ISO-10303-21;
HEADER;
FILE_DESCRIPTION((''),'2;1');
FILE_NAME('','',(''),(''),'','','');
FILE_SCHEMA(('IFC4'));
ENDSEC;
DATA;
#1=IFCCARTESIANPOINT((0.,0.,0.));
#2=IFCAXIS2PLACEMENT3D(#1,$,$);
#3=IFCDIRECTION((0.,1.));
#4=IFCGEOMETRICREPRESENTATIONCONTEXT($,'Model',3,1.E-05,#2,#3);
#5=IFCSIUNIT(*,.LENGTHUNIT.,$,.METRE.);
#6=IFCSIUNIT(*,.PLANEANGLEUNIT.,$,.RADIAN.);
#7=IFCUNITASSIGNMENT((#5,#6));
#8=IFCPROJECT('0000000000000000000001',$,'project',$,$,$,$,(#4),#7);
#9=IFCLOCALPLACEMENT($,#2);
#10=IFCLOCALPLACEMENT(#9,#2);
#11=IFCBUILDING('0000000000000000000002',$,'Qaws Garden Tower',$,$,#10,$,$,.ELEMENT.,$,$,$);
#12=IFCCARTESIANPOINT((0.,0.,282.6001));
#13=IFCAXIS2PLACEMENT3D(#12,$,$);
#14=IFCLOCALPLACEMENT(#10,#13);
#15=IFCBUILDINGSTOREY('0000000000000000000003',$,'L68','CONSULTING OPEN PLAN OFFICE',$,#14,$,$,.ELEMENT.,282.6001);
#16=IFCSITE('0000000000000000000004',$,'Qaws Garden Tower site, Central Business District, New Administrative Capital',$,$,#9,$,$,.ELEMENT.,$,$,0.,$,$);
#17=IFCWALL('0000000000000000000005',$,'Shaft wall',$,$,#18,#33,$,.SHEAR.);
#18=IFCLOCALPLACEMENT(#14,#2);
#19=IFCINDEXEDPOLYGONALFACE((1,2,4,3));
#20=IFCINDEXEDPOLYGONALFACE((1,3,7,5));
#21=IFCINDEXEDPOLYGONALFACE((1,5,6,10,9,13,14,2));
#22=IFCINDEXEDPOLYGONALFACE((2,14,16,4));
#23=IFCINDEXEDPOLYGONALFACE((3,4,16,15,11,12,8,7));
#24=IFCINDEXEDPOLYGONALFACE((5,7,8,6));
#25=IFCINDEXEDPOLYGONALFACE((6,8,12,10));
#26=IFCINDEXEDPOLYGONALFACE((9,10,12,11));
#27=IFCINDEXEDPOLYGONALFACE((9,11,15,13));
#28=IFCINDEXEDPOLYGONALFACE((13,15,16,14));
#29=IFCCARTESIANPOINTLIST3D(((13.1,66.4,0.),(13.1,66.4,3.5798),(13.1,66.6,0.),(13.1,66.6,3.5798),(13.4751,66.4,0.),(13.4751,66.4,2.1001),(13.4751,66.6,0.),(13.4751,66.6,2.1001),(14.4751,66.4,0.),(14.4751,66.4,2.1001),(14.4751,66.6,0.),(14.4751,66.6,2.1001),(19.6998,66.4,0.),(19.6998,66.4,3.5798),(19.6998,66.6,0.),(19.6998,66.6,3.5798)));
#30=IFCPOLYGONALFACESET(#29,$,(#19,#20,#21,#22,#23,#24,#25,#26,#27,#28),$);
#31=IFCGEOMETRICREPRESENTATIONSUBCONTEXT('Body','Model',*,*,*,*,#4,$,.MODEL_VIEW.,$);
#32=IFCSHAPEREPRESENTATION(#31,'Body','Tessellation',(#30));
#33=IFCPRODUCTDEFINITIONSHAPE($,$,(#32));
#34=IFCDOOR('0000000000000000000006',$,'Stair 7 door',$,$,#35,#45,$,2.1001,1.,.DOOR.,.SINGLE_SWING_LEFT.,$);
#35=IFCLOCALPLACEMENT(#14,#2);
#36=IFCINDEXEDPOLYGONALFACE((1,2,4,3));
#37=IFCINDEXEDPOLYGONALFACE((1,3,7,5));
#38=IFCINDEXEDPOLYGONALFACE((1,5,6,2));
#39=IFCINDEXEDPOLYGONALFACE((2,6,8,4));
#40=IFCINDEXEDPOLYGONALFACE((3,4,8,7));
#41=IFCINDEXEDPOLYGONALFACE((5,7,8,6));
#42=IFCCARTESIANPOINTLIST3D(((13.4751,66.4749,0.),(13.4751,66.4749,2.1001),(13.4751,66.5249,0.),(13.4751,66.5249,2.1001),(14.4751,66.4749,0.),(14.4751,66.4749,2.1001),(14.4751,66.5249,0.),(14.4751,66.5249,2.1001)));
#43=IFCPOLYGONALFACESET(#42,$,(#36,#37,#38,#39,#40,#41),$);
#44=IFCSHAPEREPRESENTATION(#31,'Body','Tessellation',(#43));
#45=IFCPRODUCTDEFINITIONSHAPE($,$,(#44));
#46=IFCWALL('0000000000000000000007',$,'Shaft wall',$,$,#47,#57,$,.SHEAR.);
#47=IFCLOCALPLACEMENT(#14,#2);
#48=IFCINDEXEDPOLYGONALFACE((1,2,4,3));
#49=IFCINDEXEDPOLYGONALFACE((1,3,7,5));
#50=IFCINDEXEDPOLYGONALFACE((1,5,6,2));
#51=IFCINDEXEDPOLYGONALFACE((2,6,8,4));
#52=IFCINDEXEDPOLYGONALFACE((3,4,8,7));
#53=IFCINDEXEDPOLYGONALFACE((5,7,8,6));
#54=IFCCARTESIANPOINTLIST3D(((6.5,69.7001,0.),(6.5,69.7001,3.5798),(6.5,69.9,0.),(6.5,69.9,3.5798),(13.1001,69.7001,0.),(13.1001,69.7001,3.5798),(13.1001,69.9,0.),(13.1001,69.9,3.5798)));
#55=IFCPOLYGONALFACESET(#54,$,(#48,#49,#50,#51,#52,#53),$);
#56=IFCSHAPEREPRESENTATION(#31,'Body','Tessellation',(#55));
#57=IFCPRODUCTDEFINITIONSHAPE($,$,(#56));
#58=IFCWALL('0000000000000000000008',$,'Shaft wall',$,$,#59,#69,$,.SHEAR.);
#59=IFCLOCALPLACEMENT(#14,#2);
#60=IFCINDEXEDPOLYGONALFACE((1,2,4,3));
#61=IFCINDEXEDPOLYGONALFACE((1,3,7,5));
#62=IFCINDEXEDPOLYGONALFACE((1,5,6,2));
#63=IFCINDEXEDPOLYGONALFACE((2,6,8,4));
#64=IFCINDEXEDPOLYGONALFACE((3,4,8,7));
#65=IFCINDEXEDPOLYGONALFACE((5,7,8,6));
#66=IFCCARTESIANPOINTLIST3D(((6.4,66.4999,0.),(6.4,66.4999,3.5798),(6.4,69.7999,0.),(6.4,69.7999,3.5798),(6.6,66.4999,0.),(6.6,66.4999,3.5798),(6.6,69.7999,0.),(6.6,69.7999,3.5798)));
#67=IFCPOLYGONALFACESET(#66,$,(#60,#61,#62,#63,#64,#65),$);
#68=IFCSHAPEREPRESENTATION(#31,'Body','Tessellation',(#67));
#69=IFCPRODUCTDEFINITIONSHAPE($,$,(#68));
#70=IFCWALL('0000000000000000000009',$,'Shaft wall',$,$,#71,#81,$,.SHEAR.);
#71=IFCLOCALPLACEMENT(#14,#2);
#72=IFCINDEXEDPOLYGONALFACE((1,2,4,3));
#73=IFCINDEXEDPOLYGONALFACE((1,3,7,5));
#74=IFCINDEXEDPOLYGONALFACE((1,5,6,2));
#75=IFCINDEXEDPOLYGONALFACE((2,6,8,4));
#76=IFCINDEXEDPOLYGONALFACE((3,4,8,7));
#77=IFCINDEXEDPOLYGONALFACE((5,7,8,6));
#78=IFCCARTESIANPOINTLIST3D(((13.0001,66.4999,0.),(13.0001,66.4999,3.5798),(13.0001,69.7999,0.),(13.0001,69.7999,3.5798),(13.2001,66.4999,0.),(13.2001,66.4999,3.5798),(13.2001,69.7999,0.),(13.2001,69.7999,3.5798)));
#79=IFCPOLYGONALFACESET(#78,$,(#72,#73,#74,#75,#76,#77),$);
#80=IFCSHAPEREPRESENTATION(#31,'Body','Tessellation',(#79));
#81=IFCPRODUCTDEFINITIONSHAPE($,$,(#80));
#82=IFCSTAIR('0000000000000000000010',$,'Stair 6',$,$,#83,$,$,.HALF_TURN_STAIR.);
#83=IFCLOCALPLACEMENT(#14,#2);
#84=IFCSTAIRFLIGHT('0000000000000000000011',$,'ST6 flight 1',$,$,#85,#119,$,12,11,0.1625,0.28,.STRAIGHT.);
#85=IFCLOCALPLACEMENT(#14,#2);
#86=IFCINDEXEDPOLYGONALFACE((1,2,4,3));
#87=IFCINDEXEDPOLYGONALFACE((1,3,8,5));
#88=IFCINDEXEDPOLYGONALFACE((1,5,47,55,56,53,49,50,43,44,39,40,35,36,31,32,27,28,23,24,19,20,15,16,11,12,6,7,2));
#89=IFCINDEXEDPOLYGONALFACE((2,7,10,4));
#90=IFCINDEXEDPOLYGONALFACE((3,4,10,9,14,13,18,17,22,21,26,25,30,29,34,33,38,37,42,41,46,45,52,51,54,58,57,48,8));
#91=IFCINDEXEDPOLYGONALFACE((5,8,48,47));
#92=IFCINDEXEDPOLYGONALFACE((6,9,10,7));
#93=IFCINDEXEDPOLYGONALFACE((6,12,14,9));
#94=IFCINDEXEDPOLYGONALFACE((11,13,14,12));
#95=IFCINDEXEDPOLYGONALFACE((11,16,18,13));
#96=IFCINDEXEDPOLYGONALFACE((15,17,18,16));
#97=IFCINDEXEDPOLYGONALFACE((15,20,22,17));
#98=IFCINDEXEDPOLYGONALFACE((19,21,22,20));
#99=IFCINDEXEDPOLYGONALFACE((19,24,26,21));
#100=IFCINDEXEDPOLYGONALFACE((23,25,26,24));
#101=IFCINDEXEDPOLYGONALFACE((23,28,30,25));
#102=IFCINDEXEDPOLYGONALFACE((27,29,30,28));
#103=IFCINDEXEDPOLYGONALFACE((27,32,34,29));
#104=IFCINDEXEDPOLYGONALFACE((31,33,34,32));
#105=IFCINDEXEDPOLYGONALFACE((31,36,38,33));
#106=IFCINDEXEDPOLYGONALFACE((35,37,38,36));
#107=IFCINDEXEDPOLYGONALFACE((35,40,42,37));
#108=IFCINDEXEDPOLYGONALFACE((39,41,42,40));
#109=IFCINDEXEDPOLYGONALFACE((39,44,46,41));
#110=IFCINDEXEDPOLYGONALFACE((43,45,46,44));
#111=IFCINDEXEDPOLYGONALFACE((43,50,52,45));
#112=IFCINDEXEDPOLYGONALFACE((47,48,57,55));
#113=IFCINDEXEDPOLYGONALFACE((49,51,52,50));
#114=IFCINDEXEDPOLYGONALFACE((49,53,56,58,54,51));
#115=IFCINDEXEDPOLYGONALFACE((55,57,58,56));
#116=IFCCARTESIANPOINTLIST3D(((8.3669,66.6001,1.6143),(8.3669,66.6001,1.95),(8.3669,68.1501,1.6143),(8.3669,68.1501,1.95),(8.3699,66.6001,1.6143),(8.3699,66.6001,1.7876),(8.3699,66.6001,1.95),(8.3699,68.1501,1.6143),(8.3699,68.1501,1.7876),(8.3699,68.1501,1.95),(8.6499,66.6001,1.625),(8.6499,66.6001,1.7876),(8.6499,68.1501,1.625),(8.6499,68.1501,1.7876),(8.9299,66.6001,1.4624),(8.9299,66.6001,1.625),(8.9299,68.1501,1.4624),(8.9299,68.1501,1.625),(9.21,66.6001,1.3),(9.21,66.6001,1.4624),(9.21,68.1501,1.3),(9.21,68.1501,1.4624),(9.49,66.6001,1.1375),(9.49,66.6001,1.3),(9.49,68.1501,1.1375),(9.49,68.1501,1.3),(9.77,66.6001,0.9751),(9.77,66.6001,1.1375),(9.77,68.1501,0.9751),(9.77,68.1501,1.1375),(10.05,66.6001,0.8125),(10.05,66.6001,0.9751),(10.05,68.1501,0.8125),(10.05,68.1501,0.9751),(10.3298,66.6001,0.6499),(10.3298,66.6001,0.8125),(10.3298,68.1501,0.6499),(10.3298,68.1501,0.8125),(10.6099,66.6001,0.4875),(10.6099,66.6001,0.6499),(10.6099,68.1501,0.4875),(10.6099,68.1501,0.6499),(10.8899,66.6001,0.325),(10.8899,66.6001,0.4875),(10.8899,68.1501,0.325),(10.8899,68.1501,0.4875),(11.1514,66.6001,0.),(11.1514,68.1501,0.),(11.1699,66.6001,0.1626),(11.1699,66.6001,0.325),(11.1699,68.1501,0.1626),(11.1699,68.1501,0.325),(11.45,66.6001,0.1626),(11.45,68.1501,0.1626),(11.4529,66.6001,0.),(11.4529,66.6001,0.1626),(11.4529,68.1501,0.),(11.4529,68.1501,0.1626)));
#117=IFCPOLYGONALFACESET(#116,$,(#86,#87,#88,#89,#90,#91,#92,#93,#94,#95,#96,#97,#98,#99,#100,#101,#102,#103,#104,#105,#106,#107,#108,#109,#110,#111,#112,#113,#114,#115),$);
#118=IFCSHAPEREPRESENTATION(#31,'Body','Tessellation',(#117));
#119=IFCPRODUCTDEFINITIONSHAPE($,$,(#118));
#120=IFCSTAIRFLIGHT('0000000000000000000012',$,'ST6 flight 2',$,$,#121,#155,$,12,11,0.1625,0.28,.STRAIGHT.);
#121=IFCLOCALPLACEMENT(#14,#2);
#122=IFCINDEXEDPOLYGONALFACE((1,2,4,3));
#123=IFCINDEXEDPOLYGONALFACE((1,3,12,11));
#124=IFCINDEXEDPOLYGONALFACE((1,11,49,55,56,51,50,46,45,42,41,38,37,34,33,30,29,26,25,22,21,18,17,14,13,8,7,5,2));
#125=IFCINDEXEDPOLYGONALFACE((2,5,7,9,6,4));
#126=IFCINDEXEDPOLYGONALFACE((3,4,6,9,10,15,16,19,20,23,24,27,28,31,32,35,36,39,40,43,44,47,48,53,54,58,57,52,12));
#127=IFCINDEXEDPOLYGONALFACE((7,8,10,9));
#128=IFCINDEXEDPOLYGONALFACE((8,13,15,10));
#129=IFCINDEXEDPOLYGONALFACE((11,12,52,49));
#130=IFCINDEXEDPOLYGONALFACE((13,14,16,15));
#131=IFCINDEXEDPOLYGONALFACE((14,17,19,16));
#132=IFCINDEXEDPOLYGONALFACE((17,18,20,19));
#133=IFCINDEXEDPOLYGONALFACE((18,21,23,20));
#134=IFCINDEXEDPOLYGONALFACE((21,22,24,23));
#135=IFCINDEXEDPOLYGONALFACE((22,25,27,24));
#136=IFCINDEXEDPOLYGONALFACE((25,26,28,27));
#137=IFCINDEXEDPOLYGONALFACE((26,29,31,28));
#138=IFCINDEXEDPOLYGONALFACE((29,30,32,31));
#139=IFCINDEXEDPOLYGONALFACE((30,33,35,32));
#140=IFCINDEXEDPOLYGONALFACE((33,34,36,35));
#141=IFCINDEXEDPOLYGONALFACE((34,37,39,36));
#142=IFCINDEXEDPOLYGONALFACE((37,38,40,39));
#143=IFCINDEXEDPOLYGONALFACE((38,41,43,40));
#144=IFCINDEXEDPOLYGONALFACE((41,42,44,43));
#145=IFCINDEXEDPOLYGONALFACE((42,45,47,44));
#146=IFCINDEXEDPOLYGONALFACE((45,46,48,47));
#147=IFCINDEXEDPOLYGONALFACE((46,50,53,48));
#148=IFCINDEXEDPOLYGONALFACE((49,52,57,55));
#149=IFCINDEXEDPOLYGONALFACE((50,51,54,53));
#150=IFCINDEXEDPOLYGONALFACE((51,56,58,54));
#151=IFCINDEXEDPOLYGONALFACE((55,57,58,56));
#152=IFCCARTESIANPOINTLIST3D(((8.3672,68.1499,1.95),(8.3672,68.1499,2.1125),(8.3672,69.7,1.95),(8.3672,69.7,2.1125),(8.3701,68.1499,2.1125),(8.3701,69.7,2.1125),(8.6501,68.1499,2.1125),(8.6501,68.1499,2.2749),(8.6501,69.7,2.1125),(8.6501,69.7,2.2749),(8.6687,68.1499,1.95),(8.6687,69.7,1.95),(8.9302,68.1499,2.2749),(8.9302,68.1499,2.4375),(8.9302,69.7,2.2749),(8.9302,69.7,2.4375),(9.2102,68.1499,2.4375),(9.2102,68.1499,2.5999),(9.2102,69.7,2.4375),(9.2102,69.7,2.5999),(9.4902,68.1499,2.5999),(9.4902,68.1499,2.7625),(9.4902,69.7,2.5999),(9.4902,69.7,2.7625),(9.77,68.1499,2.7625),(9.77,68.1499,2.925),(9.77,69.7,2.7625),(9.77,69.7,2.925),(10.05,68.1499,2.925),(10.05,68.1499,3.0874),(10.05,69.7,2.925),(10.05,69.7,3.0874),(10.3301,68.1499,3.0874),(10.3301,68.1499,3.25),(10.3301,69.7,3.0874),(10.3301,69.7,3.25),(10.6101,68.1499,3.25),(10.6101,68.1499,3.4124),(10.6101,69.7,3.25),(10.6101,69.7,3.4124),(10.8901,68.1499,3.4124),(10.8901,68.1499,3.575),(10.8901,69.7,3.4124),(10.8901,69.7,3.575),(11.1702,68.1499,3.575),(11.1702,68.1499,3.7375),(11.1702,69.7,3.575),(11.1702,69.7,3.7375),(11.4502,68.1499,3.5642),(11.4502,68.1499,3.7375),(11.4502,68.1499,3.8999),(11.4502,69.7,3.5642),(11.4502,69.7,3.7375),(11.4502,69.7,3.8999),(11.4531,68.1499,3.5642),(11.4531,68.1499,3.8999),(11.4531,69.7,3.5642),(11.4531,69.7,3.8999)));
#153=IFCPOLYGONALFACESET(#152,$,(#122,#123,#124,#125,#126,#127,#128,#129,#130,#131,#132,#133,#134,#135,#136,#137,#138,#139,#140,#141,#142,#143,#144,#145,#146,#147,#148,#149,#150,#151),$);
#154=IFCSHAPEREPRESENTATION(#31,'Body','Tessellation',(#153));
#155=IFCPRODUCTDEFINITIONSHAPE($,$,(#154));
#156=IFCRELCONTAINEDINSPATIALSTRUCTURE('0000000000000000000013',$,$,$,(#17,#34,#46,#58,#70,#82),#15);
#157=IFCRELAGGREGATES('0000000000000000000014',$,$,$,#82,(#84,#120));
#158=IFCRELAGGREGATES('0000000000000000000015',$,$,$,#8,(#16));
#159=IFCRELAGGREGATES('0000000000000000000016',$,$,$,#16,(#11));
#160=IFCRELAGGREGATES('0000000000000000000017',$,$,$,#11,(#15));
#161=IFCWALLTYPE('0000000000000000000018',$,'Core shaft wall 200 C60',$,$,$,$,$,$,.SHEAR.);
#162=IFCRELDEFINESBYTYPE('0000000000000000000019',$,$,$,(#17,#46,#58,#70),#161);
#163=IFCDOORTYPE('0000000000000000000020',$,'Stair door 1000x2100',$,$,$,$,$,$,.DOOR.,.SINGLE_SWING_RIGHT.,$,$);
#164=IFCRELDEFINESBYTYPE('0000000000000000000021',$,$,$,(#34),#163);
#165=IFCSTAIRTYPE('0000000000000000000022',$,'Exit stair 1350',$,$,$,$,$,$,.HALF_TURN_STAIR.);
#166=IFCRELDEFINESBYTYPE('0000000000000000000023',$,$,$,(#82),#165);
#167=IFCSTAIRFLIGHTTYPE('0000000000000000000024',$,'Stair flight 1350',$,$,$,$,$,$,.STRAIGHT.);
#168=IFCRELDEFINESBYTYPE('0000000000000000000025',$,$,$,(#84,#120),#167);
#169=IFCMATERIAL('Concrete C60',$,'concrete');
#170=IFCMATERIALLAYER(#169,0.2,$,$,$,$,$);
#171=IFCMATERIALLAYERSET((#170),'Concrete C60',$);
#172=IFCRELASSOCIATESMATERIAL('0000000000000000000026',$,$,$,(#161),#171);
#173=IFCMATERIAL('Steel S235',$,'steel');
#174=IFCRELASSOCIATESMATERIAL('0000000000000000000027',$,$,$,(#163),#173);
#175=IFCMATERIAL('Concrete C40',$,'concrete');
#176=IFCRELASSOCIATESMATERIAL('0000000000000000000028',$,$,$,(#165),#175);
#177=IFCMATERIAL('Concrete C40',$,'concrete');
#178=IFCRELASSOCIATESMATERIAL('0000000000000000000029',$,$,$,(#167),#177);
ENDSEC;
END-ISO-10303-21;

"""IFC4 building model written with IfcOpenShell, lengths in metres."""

from ifc_helpers import new_model, si_unit, direction, frame, frame_2d, origin, place, context, subcontext, project, spatial, polyline, rectangle, outline, extrude, material, layer, layer_set, type_object, element, fill, aggregate, save


model = new_model("IFC4")

# Units and contexts
model_context = context("Model", 3, precision=1e-05, world=origin(), true_north=direction((0.0, 1.0)))
body_context = subcontext(model_context, "Body", "Model", "MODEL_VIEW")
ifc_project = project(units=[si_unit("LENGTHUNIT", "METRE"), si_unit("PLANEANGLEUNIT", "RADIAN")], contexts=[model_context])

# Site, building, storey
site_placement = place(None, origin())
site = spatial("IfcSite", under=ifc_project, at=site_placement, Name="Qaws Garden Tower site, Central Business District, New Administrative Capital", CompositionType="ELEMENT", RefElevation=0.0)
building_placement = place(site_placement, origin())
building = spatial("IfcBuilding", under=site, at=building_placement, Name="Qaws Garden Tower", CompositionType="ELEMENT")
storey_placement = place(building_placement, frame((0.0, 0.0, 282.6001)))
storey = spatial("IfcBuildingStorey", under=building, at=storey_placement, Name="L68", Description="CONSULTING OPEN PLAN OFFICE", CompositionType="ELEMENT", Elevation=282.6001)

# Wall, opening, door
ifc_material_1 = material(Name="Concrete C60", Category="concrete")
ifc_layer_1 = layer(ifc_material_1, 0.2)
ifc_layer_set_1 = layer_set([ifc_layer_1], Name="Concrete C60")
wall_type_1 = type_object("IfcWallType", Name="Core shaft wall 200 C60", PredefinedType="SHEAR", material=ifc_layer_set_1)
ifc_material_2 = material(Name="Steel S235", Category="steel")
door_type = type_object("IfcDoorType", Name="Stair door 1000x2100", OperationType="SINGLE_SWING_RIGHT", PredefinedType="DOOR", material=ifc_material_2)
wall_1_placement = place(storey_placement, frame((13.1001, 66.5, 0.0), z_axis=(0.0, 0.0, 1.0), x_axis=(1.0, 0.0, 0.0)))
wall_1 = element("IfcWall", 1, at=wall_1_placement, inside=storey, type_object=wall_type_1, Name="Shaft wall", PredefinedType="SHEAR", context=body_context, shape_type="SweptSolid", body=[
    extrude(rectangle(XDim=6.5999, YDim=0.2, at=frame_2d((3.2998, 0.0))), origin(), (0.0, 0.0, 1.0), 3.5798),
])
opening_1_placement = place(wall_1_placement, frame((0.375, 0.0, 0.0)))
opening_1 = element("IfcOpeningElement", 2, at=opening_1_placement, cuts=wall_1, PredefinedType="OPENING", context=body_context, shape_type="SweptSolid", body=[
    extrude(rectangle(XDim=1.0, YDim=2.1001, at=frame_2d((0.5, 1.05))), frame((0.0, 0.1099, 0.0), z_axis=(0.0, -1.0, 0.0), x_axis=(1.0, 0.0, 0.0)), (0.0, 0.0, 1.0), 0.22),
])
door_1_placement = place(opening_1_placement, origin())
door_1 = element("IfcDoor", 3, at=door_1_placement, inside=storey, type_object=door_type, Name="Stair 7 door", OperationType="SINGLE_SWING_LEFT", OverallHeight=2.1001, OverallWidth=1.0, PredefinedType="DOOR", context=body_context, shape_type="SweptSolid", body=[
    extrude(rectangle(XDim=1.0, YDim=2.1001, at=frame_2d((0.5, 1.05))), frame((0.0, 0.0249, 0.0), z_axis=(0.0, -1.0, 0.0), x_axis=(1.0, 0.0, 0.0)), (0.0, 0.0, 1.0), 0.05),
])
fill(opening_1, door_1)

# Walls
wall_2_placement = place(storey_placement, frame((6.5, 69.8, 0.0), z_axis=(0.0, 0.0, 1.0), x_axis=(1.0, 0.0, 0.0)))
element("IfcWall", 4, at=wall_2_placement, inside=storey, type_object=wall_type_1, Name="Shaft wall", PredefinedType="SHEAR", context=body_context, shape_type="SweptSolid", body=[
    extrude(rectangle(XDim=6.6001, YDim=0.2, at=frame_2d((3.3, 0.0))), origin(), (0.0, 0.0, 1.0), 3.5798),
])
for number, where, z_axis, x_axis, name in (
    (5, (6.5, 66.5, 0.0), (0.0, 0.0, 1.0), (0.0, 1.0, 0.0), "Shaft wall"),
    (6, (13.1001, 66.5, 0.0), (0.0, 0.0, 1.0), (0.0, 1.0, 0.0), "Shaft wall"),
):
    element("IfcWall", number, at=place(storey_placement, frame(where, z_axis=z_axis, x_axis=x_axis)), inside=storey, type_object=wall_type_1, Name=name, PredefinedType="SHEAR", context=body_context, shape_type="SweptSolid", body=[
        extrude(rectangle(XDim=3.3, YDim=0.2, at=frame_2d((1.6499, 0.0))), origin(), (0.0, 0.0, 1.0), 3.5798),
    ])

# Stair, stair flights
ifc_material_3 = material(Name="Concrete C40", Category="concrete")
stair_type = type_object("IfcStairType", Name="Exit stair 1350", PredefinedType="HALF_TURN_STAIR", material=ifc_material_3)
stair_placement = place(storey_placement, origin())
stair = element("IfcStair", 7, at=stair_placement, inside=storey, type_object=stair_type, Name="Stair 6", PredefinedType="HALF_TURN_STAIR")
ifc_material_4 = material(Name="Concrete C40", Category="concrete")
stair_flight_type = type_object("IfcStairFlightType", Name="Stair flight 1350", PredefinedType="STRAIGHT", material=ifc_material_4)
stair_flight_1_placement = place(storey_placement, frame((11.45, 67.375, 0.0), z_axis=(0.0, 0.0, 1.0), x_axis=(-1.0, 0.0, 0.0)))
stair_flight_1 = element("IfcStairFlight", 8, at=stair_flight_1_placement, type_object=stair_flight_type, Name="ST6 flight 1", NumberOfRisers=12, NumberOfTreads=11, PredefinedType="STRAIGHT", RiserHeight=0.1625, TreadLength=0.28, context=body_context, shape_type="SweptSolid", body=[
    extrude(outline(polyline([(-0.0029, 0.0), (-0.0029, 0.1626), (0.0, 0.1626), (0.28, 0.1626), (0.28, 0.325), (0.5601, 0.325), (0.5601, 0.4875), (0.8401, 0.4875), (0.8401, 0.6499), (1.1201, 0.6499), (1.1201, 0.8125), (1.3999, 0.8125), (1.3999, 0.9751), (1.6799, 0.9751), (1.6799, 1.1375), (1.96, 1.1375), (1.96, 1.3), (2.24, 1.3), (2.24, 1.4624), (2.52, 1.4624), (2.52, 1.625), (2.8, 1.625), (2.8, 1.7876), (3.0801, 1.7876), (3.0801, 1.95), (3.083, 1.95), (3.083, 1.6143), (3.0801, 1.6143), (0.2986, 0.0), (-0.0029, 0.0)])), frame((0.0, 0.7749, 0.0), z_axis=(0.0, -1.0, 0.0), x_axis=(1.0, 0.0, 0.0)), (0.0, 0.0, 1.0), 1.55),
])
stair_flight_2_placement = place(storey_placement, frame((8.3701, 68.925, 1.95), z_axis=(0.0, 0.0, 1.0), x_axis=(1.0, 0.0, 0.0)))
stair_flight_2 = element("IfcStairFlight", 9, at=stair_flight_2_placement, type_object=stair_flight_type, Name="ST6 flight 2", NumberOfRisers=12, NumberOfTreads=11, PredefinedType="STRAIGHT", RiserHeight=0.1625, TreadLength=0.28, context=body_context, shape_type="SweptSolid", body=[
    extrude(outline(polyline([(-0.0029, 0.0), (-0.0029, 0.1626), (0.0, 0.1626), (0.28, 0.1626), (0.28, 0.325), (0.5601, 0.325), (0.5601, 0.4875), (0.8401, 0.4875), (0.8401, 0.6499), (1.1201, 0.6499), (1.1201, 0.8125), (1.3999, 0.8125), (1.3999, 0.9751), (1.6799, 0.9751), (1.6799, 1.1375), (1.96, 1.1375), (1.96, 1.3), (2.24, 1.3), (2.24, 1.4624), (2.52, 1.4624), (2.52, 1.625), (2.8, 1.625), (2.8, 1.7876), (3.0801, 1.7876), (3.0801, 1.95), (3.083, 1.95), (3.083, 1.6143), (3.0801, 1.6143), (0.2986, 0.0), (-0.0029, 0.0)])), frame((0.0, 0.7749, 0.0), z_axis=(0.0, -1.0, 0.0), x_axis=(1.0, 0.0, 0.0)), (0.0, 0.0, 1.0), 1.55),
])
aggregate(stair, [stair_flight_1, stair_flight_2])

save(model, "model.ifc")
